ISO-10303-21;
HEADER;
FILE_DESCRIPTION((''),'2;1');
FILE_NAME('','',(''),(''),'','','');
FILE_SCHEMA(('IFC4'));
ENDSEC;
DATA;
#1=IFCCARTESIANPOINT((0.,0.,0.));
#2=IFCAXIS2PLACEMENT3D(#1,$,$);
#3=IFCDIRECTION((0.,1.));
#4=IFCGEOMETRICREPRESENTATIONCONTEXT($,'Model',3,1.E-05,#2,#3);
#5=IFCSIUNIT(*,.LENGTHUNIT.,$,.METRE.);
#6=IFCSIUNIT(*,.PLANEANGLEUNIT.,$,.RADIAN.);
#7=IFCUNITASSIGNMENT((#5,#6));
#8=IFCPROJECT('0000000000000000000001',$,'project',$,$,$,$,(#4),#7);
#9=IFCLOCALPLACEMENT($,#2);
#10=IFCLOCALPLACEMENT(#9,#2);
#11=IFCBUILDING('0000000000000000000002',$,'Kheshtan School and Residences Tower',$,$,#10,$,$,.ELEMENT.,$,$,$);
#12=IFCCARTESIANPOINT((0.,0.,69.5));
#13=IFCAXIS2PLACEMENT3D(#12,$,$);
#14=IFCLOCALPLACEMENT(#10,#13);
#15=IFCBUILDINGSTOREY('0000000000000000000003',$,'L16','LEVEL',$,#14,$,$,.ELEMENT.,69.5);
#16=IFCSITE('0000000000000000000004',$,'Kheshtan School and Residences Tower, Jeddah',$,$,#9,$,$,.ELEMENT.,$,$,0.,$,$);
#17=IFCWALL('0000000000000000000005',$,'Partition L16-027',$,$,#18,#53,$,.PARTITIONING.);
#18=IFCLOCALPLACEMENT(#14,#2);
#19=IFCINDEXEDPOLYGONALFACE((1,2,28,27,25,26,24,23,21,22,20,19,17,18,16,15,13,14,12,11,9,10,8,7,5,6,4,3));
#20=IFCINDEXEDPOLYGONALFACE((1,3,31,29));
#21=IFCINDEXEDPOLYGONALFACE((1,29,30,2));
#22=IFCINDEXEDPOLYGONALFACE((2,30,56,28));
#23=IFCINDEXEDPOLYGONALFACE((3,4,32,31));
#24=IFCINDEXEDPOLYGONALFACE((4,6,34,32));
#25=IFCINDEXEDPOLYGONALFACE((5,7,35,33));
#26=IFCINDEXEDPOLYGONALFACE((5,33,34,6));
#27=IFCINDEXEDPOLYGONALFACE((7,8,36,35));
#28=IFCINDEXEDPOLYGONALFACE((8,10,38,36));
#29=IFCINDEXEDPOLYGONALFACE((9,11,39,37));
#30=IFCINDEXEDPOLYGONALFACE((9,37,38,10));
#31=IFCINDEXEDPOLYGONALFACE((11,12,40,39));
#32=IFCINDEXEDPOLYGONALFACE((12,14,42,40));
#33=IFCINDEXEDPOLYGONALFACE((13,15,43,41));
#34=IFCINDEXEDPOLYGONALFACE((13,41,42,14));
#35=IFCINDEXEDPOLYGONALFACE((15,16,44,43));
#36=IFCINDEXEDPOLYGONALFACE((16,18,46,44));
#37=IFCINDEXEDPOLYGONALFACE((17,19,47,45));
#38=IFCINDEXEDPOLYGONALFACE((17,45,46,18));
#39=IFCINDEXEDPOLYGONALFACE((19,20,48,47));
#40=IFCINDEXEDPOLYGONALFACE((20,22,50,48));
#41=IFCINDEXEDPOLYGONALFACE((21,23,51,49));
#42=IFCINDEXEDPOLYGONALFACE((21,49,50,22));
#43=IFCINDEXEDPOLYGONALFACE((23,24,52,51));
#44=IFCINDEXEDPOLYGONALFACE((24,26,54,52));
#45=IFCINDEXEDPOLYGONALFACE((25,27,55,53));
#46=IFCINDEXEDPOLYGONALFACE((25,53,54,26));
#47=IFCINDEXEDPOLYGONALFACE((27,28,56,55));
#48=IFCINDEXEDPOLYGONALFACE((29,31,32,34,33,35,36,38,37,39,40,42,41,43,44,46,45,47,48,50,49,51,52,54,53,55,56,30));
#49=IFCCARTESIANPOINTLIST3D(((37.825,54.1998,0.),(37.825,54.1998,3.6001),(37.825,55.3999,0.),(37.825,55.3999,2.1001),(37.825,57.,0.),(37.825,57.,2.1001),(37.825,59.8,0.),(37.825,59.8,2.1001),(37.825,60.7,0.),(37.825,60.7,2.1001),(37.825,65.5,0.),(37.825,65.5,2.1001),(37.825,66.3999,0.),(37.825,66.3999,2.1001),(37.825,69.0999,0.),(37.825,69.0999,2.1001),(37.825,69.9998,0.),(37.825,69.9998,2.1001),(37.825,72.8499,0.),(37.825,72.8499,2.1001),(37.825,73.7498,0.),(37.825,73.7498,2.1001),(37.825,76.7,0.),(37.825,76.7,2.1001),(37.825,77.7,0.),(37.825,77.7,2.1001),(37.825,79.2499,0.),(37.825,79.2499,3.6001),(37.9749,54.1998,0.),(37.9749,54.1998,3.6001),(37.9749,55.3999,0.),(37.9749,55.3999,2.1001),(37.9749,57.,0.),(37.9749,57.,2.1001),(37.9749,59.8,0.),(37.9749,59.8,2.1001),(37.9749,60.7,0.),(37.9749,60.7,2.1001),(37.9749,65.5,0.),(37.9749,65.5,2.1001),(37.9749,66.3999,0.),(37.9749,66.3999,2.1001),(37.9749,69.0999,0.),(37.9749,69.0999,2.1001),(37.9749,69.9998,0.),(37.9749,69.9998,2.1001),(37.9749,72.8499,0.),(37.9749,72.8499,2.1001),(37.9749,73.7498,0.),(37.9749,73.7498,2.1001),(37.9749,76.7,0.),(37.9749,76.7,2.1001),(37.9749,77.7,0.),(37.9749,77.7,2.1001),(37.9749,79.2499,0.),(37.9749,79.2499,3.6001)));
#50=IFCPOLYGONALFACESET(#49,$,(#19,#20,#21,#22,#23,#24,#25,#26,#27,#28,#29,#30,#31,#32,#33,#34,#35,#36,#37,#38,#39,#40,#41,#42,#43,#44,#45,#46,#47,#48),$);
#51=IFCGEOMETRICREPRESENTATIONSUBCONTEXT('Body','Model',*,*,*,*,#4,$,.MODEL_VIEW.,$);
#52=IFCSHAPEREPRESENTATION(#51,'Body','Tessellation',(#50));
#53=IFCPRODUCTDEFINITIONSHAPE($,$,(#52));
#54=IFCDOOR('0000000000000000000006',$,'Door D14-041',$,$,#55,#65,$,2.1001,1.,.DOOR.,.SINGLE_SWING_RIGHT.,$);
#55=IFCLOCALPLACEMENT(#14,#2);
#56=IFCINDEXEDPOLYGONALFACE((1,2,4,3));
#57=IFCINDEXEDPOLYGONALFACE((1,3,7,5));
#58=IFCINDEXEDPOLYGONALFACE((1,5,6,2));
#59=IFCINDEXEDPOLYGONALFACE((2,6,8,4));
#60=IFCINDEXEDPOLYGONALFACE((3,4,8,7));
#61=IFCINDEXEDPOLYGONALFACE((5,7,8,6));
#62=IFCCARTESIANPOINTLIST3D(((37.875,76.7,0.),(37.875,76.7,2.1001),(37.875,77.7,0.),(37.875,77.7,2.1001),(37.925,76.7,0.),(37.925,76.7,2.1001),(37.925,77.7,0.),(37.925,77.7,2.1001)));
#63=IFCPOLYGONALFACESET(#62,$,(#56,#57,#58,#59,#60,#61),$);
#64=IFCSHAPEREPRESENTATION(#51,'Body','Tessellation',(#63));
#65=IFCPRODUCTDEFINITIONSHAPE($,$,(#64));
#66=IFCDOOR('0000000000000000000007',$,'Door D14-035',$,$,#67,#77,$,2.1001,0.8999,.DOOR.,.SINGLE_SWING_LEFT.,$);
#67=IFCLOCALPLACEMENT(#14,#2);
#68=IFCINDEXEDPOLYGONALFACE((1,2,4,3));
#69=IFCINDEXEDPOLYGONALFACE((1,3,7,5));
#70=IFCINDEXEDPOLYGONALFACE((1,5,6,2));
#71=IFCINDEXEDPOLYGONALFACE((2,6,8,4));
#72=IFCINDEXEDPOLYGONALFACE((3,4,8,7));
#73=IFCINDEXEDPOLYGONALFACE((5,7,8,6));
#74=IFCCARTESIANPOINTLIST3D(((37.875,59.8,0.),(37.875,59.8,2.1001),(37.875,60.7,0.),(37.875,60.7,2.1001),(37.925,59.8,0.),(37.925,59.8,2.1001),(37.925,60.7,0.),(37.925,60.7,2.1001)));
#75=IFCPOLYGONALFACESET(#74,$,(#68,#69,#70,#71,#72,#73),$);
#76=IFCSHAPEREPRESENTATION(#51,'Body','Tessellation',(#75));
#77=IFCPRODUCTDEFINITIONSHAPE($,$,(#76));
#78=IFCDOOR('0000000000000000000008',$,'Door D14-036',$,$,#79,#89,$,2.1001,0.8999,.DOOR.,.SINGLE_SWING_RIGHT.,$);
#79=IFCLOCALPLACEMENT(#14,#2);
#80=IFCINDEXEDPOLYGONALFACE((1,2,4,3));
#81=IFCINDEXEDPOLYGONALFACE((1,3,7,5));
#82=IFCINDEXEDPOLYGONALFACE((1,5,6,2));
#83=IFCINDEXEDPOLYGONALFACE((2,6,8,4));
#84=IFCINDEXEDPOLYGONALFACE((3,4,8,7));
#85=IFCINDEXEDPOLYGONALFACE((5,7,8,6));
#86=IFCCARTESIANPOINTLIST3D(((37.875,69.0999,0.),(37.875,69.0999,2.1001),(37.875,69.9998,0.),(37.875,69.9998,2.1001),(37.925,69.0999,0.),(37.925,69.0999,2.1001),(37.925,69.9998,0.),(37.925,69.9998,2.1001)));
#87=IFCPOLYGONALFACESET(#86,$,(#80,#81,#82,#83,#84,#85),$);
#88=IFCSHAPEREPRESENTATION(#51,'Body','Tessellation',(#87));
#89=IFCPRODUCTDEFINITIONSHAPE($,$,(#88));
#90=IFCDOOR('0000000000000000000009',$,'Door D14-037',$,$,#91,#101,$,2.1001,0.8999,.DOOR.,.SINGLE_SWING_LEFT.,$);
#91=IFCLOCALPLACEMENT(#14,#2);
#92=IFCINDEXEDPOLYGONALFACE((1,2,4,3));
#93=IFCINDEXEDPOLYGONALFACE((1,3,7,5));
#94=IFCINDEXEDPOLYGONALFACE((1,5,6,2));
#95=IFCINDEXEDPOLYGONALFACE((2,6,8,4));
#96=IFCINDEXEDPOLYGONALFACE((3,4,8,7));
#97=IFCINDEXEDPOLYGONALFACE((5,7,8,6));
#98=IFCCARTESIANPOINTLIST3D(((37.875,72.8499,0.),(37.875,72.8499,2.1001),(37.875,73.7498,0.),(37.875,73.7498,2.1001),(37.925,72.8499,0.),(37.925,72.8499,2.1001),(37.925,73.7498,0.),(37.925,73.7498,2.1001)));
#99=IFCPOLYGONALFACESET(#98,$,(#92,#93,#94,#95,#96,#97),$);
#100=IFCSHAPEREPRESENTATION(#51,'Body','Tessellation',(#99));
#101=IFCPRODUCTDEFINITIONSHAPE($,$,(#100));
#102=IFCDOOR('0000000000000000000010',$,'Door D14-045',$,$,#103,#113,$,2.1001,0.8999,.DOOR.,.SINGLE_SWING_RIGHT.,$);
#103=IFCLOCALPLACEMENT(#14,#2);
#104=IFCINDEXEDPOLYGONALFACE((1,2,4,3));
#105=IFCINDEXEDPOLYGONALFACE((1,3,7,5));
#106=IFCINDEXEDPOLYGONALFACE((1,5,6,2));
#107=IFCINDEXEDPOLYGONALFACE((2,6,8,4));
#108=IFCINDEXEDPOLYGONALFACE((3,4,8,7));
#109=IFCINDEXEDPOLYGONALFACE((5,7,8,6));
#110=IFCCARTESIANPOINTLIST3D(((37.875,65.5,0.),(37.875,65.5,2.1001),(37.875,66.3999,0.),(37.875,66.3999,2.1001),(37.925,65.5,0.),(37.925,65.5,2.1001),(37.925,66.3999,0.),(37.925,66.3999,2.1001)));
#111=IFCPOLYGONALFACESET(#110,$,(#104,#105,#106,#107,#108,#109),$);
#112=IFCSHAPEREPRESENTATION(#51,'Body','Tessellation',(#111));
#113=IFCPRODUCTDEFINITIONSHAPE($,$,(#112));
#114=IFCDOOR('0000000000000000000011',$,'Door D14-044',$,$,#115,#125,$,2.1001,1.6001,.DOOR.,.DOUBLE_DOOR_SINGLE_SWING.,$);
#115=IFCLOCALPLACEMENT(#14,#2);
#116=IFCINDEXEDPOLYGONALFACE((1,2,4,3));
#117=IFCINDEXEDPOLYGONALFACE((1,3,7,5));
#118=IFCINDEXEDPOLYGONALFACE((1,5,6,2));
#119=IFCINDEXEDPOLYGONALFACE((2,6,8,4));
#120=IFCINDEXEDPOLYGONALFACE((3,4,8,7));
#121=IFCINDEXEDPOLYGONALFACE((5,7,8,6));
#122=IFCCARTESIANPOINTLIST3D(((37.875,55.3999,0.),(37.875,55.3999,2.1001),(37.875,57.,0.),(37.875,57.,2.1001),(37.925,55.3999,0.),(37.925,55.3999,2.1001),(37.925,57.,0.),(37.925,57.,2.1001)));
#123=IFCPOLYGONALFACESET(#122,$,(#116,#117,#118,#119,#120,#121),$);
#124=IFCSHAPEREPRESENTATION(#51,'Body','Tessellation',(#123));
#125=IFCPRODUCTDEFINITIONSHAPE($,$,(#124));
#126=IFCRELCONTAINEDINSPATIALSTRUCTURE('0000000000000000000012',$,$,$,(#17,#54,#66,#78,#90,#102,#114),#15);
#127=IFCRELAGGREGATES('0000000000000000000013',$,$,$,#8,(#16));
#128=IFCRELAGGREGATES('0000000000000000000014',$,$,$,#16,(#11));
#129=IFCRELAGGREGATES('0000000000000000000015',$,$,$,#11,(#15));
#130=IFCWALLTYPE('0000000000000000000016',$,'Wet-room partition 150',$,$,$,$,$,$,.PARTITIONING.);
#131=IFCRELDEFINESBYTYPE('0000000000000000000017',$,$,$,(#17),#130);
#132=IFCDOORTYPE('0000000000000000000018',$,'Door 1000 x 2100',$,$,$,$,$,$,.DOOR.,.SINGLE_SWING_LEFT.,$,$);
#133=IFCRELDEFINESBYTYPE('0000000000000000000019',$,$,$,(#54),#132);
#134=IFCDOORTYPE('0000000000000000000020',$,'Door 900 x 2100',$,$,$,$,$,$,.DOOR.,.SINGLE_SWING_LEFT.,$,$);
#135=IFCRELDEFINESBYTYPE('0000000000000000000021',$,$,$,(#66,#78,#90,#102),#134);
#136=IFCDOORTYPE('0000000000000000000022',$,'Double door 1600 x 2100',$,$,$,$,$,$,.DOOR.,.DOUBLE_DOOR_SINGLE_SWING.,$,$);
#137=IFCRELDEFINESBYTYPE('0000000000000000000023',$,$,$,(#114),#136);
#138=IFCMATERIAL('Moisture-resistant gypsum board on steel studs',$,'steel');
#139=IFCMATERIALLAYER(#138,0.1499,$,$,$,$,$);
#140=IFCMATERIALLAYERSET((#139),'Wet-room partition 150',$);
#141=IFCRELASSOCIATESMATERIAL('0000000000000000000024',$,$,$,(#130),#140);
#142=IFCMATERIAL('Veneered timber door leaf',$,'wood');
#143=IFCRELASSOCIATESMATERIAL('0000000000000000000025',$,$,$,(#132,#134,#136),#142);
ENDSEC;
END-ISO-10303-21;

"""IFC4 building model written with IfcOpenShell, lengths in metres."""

from ifc_helpers import new_model, si_unit, direction, frame, frame_2d, origin, place, context, subcontext, project, spatial, rectangle, extrude, source, transform, mapped, material, layer, layer_set, type_object, element, fill, save


model = new_model("IFC4")

# Units and contexts
model_context = context("Model", 3, precision=1e-05, world=origin(), true_north=direction((0.0, 1.0)))
body_context = subcontext(model_context, "Body", "Model", "MODEL_VIEW")
ifc_project = project(units=[si_unit("LENGTHUNIT", "METRE"), si_unit("PLANEANGLEUNIT", "RADIAN")], contexts=[model_context])

# Site, building, storey
site_placement = place(None, origin())
site = spatial("IfcSite", under=ifc_project, at=site_placement, Name="Kheshtan School and Residences Tower, Jeddah", CompositionType="ELEMENT", RefElevation=0.0)
building_placement = place(site_placement, origin())
building = spatial("IfcBuilding", under=site, at=building_placement, Name="Kheshtan School and Residences Tower", CompositionType="ELEMENT")
storey_placement = place(building_placement, frame((0.0, 0.0, 69.5)))
storey = spatial("IfcBuildingStorey", under=building, at=storey_placement, Name="L16", Description="LEVEL", CompositionType="ELEMENT", Elevation=69.5)

# Wall, openings, doors
ifc_material_1 = material(Name="Moisture-resistant gypsum board on steel studs", Category="steel")
ifc_layer_1 = layer(ifc_material_1, 0.1499)
ifc_layer_set_1 = layer_set([ifc_layer_1], Name="Wet-room partition 150")
wall_type_1 = type_object("IfcWallType", Name="Wet-room partition 150", PredefinedType="PARTITIONING", material=ifc_layer_set_1)
wall_1_placement = place(storey_placement, frame((37.8999, 54.2, 0.0), z_axis=(0.0, 0.0, 1.0), x_axis=(0.0, 1.0, 0.0)))
wall_1 = element("IfcWall", 1, at=wall_1_placement, inside=storey, type_object=wall_type_1, Name="Partition L16-027", PredefinedType="PARTITIONING", context=body_context, shape_type="SweptSolid", body=[
    extrude(rectangle(XDim=25.05, YDim=0.1499, at=frame_2d((12.5249, 0.0))), origin(), (0.0, 0.0, 1.0), 3.6001),
])
opening_1_placement = place(wall_1_placement, frame((5.6001, 0.0, 0.0)))
opening_1 = element("IfcOpeningElement", 2, at=opening_1_placement, cuts=wall_1, PredefinedType="OPENING", context=body_context, shape_type="SweptSolid", body=[
    extrude(rectangle(XDim=0.8999, YDim=2.1001, at=frame_2d((0.45, 1.05))), frame((0.0, 0.085, 0.0), z_axis=(0.0, -1.0, 0.0), x_axis=(1.0, 0.0, 0.0)), (0.0, 0.0, 1.0), 0.1699),
])
opening_2_placement = place(wall_1_placement, frame((14.8999, 0.0, 0.0)))
opening_2 = element("IfcOpeningElement", 3, at=opening_2_placement, cuts=wall_1, PredefinedType="OPENING", context=body_context, shape_type="SweptSolid", body=[
    extrude(rectangle(XDim=0.8999, YDim=2.1001, at=frame_2d((0.45, 1.05))), frame((0.0, 0.085, 0.0), z_axis=(0.0, -1.0, 0.0), x_axis=(1.0, 0.0, 0.0)), (0.0, 0.0, 1.0), 0.1699),
])
opening_3_placement = place(wall_1_placement, frame((18.6499, 0.0, 0.0)))
opening_3 = element("IfcOpeningElement", 4, at=opening_3_placement, cuts=wall_1, PredefinedType="OPENING", context=body_context, shape_type="SweptSolid", body=[
    extrude(rectangle(XDim=0.8999, YDim=2.1001, at=frame_2d((0.45, 1.05))), frame((0.0, 0.085, 0.0), z_axis=(0.0, -1.0, 0.0), x_axis=(1.0, 0.0, 0.0)), (0.0, 0.0, 1.0), 0.1699),
])
opening_4_placement = place(wall_1_placement, frame((22.5, 0.0, 0.0)))
opening_4 = element("IfcOpeningElement", 5, at=opening_4_placement, cuts=wall_1, PredefinedType="OPENING", context=body_context, shape_type="SweptSolid", body=[
    extrude(rectangle(XDim=1.0, YDim=2.1001, at=frame_2d((0.5, 1.05))), frame((0.0, 0.085, 0.0), z_axis=(0.0, -1.0, 0.0), x_axis=(1.0, 0.0, 0.0)), (0.0, 0.0, 1.0), 0.1699),
])
opening_5_placement = place(wall_1_placement, frame((1.2, 0.0, 0.0)))
opening_5 = element("IfcOpeningElement", 6, at=opening_5_placement, cuts=wall_1, PredefinedType="OPENING", context=body_context, shape_type="SweptSolid", body=[
    extrude(rectangle(XDim=1.6001, YDim=2.1001, at=frame_2d((0.8, 1.05))), frame((0.0, 0.085, 0.0), z_axis=(0.0, -1.0, 0.0), x_axis=(1.0, 0.0, 0.0)), (0.0, 0.0, 1.0), 0.1699),
])
opening_6_placement = place(wall_1_placement, frame((11.3, 0.0, 0.0)))
opening_6 = element("IfcOpeningElement", 7, at=opening_6_placement, cuts=wall_1, PredefinedType="OPENING", context=body_context, shape_type="SweptSolid", body=[
    extrude(rectangle(XDim=0.8999, YDim=2.1001, at=frame_2d((0.45, 1.05))), frame((0.0, 0.085, 0.0), z_axis=(0.0, -1.0, 0.0), x_axis=(1.0, 0.0, 0.0)), (0.0, 0.0, 1.0), 0.1699),
])
ifc_material_2 = material(Name="Veneered timber door leaf", Category="wood")
door_type_1 = type_object("IfcDoorType", Name="Door 1000 x 2100", OperationType="SINGLE_SWING_LEFT", PredefinedType="DOOR", material=ifc_material_2)
shared_shape_1 = source(origin(), body_context, "Body", "SweptSolid", [
    extrude(rectangle(XDim=1.0, YDim=2.1001, at=frame_2d((0.5, 1.05))), frame((0.0, 0.0249, 0.0), z_axis=(0.0, -1.0, 0.0), x_axis=(1.0, 0.0, 0.0)), (0.0, 0.0, 1.0), 0.05),
])
door_1_placement = place(opening_4_placement, origin())
door_1 = element("IfcDoor", 8, at=door_1_placement, inside=storey, type_object=door_type_1, Name="Door D14-041", OperationType="SINGLE_SWING_RIGHT", OverallHeight=2.1001, OverallWidth=1.0, PredefinedType="DOOR", context=body_context, shape_type="MappedRepresentation", body=[
    mapped(shared_shape_1, transform((0.0, 0.0, 0.0), x_axis=(1.0, 0.0, 0.0), y_axis=(0.0, 1.0, 0.0), z_axis=(0.0, 0.0, 1.0), scale=1.0)),
])
fill(opening_4, door_1)
door_type_2 = type_object("IfcDoorType", Name="Door 900 x 2100", OperationType="SINGLE_SWING_LEFT", PredefinedType="DOOR", material=ifc_material_2)
shared_shape_2 = source(origin(), body_context, "Body", "SweptSolid", [
    extrude(rectangle(XDim=0.8999, YDim=2.1001, at=frame_2d((0.45, 1.05))), frame((0.0, 0.0249, 0.0), z_axis=(0.0, -1.0, 0.0), x_axis=(1.0, 0.0, 0.0)), (0.0, 0.0, 1.0), 0.05),
])
door_2_placement = place(opening_1_placement, origin())
door_2 = element("IfcDoor", 9, at=door_2_placement, inside=storey, type_object=door_type_2, Name="Door D14-035", OperationType="SINGLE_SWING_LEFT", OverallHeight=2.1001, OverallWidth=0.8999, PredefinedType="DOOR", context=body_context, shape_type="MappedRepresentation", body=[
    mapped(shared_shape_2, transform((0.0, 0.0, 0.0), x_axis=(1.0, 0.0, 0.0), y_axis=(0.0, 1.0, 0.0), z_axis=(0.0, 0.0, 1.0), scale=1.0)),
])
fill(opening_1, door_2)
door_3_placement = place(opening_2_placement, origin())
door_3 = element("IfcDoor", 10, at=door_3_placement, inside=storey, type_object=door_type_2, Name="Door D14-036", OperationType="SINGLE_SWING_RIGHT", OverallHeight=2.1001, OverallWidth=0.8999, PredefinedType="DOOR", context=body_context, shape_type="MappedRepresentation", body=[
    mapped(shared_shape_2, transform((0.0, 0.0, 0.0), x_axis=(1.0, 0.0, 0.0), y_axis=(0.0, 1.0, 0.0), z_axis=(0.0, 0.0, 1.0), scale=1.0)),
])
fill(opening_2, door_3)
door_4_placement = place(opening_3_placement, origin())
door_4 = element("IfcDoor", 11, at=door_4_placement, inside=storey, type_object=door_type_2, Name="Door D14-037", OperationType="SINGLE_SWING_LEFT", OverallHeight=2.1001, OverallWidth=0.8999, PredefinedType="DOOR", context=body_context, shape_type="MappedRepresentation", body=[
    mapped(shared_shape_2, transform((0.0, 0.0, 0.0), x_axis=(1.0, 0.0, 0.0), y_axis=(0.0, 1.0, 0.0), z_axis=(0.0, 0.0, 1.0), scale=1.0)),
])
fill(opening_3, door_4)
door_5_placement = place(opening_6_placement, origin())
door_5 = element("IfcDoor", 12, at=door_5_placement, inside=storey, type_object=door_type_2, Name="Door D14-045", OperationType="SINGLE_SWING_RIGHT", OverallHeight=2.1001, OverallWidth=0.8999, PredefinedType="DOOR", context=body_context, shape_type="MappedRepresentation", body=[
    mapped(shared_shape_2, transform((0.0, 0.0, 0.0), x_axis=(1.0, 0.0, 0.0), y_axis=(0.0, 1.0, 0.0), z_axis=(0.0, 0.0, 1.0), scale=1.0)),
])
fill(opening_6, door_5)
door_type_3 = type_object("IfcDoorType", Name="Double door 1600 x 2100", OperationType="DOUBLE_DOOR_SINGLE_SWING", PredefinedType="DOOR", material=ifc_material_2)
shared_shape_3 = source(origin(), body_context, "Body", "SweptSolid", [
    extrude(rectangle(XDim=1.6001, YDim=2.1001, at=frame_2d((0.8, 1.05))), frame((0.0, 0.0249, 0.0), z_axis=(0.0, -1.0, 0.0), x_axis=(1.0, 0.0, 0.0)), (0.0, 0.0, 1.0), 0.05),
])
door_6_placement = place(opening_5_placement, origin())
door_6 = element("IfcDoor", 13, at=door_6_placement, inside=storey, type_object=door_type_3, Name="Door D14-044", OperationType="DOUBLE_DOOR_SINGLE_SWING", OverallHeight=2.1001, OverallWidth=1.6001, PredefinedType="DOOR", context=body_context, shape_type="MappedRepresentation", body=[
    mapped(shared_shape_3, transform((0.0, 0.0, 0.0), x_axis=(1.0, 0.0, 0.0), y_axis=(0.0, 1.0, 0.0), z_axis=(0.0, 0.0, 1.0), scale=1.0)),
])
fill(opening_5, door_6)

save(model, "model.ifc")
